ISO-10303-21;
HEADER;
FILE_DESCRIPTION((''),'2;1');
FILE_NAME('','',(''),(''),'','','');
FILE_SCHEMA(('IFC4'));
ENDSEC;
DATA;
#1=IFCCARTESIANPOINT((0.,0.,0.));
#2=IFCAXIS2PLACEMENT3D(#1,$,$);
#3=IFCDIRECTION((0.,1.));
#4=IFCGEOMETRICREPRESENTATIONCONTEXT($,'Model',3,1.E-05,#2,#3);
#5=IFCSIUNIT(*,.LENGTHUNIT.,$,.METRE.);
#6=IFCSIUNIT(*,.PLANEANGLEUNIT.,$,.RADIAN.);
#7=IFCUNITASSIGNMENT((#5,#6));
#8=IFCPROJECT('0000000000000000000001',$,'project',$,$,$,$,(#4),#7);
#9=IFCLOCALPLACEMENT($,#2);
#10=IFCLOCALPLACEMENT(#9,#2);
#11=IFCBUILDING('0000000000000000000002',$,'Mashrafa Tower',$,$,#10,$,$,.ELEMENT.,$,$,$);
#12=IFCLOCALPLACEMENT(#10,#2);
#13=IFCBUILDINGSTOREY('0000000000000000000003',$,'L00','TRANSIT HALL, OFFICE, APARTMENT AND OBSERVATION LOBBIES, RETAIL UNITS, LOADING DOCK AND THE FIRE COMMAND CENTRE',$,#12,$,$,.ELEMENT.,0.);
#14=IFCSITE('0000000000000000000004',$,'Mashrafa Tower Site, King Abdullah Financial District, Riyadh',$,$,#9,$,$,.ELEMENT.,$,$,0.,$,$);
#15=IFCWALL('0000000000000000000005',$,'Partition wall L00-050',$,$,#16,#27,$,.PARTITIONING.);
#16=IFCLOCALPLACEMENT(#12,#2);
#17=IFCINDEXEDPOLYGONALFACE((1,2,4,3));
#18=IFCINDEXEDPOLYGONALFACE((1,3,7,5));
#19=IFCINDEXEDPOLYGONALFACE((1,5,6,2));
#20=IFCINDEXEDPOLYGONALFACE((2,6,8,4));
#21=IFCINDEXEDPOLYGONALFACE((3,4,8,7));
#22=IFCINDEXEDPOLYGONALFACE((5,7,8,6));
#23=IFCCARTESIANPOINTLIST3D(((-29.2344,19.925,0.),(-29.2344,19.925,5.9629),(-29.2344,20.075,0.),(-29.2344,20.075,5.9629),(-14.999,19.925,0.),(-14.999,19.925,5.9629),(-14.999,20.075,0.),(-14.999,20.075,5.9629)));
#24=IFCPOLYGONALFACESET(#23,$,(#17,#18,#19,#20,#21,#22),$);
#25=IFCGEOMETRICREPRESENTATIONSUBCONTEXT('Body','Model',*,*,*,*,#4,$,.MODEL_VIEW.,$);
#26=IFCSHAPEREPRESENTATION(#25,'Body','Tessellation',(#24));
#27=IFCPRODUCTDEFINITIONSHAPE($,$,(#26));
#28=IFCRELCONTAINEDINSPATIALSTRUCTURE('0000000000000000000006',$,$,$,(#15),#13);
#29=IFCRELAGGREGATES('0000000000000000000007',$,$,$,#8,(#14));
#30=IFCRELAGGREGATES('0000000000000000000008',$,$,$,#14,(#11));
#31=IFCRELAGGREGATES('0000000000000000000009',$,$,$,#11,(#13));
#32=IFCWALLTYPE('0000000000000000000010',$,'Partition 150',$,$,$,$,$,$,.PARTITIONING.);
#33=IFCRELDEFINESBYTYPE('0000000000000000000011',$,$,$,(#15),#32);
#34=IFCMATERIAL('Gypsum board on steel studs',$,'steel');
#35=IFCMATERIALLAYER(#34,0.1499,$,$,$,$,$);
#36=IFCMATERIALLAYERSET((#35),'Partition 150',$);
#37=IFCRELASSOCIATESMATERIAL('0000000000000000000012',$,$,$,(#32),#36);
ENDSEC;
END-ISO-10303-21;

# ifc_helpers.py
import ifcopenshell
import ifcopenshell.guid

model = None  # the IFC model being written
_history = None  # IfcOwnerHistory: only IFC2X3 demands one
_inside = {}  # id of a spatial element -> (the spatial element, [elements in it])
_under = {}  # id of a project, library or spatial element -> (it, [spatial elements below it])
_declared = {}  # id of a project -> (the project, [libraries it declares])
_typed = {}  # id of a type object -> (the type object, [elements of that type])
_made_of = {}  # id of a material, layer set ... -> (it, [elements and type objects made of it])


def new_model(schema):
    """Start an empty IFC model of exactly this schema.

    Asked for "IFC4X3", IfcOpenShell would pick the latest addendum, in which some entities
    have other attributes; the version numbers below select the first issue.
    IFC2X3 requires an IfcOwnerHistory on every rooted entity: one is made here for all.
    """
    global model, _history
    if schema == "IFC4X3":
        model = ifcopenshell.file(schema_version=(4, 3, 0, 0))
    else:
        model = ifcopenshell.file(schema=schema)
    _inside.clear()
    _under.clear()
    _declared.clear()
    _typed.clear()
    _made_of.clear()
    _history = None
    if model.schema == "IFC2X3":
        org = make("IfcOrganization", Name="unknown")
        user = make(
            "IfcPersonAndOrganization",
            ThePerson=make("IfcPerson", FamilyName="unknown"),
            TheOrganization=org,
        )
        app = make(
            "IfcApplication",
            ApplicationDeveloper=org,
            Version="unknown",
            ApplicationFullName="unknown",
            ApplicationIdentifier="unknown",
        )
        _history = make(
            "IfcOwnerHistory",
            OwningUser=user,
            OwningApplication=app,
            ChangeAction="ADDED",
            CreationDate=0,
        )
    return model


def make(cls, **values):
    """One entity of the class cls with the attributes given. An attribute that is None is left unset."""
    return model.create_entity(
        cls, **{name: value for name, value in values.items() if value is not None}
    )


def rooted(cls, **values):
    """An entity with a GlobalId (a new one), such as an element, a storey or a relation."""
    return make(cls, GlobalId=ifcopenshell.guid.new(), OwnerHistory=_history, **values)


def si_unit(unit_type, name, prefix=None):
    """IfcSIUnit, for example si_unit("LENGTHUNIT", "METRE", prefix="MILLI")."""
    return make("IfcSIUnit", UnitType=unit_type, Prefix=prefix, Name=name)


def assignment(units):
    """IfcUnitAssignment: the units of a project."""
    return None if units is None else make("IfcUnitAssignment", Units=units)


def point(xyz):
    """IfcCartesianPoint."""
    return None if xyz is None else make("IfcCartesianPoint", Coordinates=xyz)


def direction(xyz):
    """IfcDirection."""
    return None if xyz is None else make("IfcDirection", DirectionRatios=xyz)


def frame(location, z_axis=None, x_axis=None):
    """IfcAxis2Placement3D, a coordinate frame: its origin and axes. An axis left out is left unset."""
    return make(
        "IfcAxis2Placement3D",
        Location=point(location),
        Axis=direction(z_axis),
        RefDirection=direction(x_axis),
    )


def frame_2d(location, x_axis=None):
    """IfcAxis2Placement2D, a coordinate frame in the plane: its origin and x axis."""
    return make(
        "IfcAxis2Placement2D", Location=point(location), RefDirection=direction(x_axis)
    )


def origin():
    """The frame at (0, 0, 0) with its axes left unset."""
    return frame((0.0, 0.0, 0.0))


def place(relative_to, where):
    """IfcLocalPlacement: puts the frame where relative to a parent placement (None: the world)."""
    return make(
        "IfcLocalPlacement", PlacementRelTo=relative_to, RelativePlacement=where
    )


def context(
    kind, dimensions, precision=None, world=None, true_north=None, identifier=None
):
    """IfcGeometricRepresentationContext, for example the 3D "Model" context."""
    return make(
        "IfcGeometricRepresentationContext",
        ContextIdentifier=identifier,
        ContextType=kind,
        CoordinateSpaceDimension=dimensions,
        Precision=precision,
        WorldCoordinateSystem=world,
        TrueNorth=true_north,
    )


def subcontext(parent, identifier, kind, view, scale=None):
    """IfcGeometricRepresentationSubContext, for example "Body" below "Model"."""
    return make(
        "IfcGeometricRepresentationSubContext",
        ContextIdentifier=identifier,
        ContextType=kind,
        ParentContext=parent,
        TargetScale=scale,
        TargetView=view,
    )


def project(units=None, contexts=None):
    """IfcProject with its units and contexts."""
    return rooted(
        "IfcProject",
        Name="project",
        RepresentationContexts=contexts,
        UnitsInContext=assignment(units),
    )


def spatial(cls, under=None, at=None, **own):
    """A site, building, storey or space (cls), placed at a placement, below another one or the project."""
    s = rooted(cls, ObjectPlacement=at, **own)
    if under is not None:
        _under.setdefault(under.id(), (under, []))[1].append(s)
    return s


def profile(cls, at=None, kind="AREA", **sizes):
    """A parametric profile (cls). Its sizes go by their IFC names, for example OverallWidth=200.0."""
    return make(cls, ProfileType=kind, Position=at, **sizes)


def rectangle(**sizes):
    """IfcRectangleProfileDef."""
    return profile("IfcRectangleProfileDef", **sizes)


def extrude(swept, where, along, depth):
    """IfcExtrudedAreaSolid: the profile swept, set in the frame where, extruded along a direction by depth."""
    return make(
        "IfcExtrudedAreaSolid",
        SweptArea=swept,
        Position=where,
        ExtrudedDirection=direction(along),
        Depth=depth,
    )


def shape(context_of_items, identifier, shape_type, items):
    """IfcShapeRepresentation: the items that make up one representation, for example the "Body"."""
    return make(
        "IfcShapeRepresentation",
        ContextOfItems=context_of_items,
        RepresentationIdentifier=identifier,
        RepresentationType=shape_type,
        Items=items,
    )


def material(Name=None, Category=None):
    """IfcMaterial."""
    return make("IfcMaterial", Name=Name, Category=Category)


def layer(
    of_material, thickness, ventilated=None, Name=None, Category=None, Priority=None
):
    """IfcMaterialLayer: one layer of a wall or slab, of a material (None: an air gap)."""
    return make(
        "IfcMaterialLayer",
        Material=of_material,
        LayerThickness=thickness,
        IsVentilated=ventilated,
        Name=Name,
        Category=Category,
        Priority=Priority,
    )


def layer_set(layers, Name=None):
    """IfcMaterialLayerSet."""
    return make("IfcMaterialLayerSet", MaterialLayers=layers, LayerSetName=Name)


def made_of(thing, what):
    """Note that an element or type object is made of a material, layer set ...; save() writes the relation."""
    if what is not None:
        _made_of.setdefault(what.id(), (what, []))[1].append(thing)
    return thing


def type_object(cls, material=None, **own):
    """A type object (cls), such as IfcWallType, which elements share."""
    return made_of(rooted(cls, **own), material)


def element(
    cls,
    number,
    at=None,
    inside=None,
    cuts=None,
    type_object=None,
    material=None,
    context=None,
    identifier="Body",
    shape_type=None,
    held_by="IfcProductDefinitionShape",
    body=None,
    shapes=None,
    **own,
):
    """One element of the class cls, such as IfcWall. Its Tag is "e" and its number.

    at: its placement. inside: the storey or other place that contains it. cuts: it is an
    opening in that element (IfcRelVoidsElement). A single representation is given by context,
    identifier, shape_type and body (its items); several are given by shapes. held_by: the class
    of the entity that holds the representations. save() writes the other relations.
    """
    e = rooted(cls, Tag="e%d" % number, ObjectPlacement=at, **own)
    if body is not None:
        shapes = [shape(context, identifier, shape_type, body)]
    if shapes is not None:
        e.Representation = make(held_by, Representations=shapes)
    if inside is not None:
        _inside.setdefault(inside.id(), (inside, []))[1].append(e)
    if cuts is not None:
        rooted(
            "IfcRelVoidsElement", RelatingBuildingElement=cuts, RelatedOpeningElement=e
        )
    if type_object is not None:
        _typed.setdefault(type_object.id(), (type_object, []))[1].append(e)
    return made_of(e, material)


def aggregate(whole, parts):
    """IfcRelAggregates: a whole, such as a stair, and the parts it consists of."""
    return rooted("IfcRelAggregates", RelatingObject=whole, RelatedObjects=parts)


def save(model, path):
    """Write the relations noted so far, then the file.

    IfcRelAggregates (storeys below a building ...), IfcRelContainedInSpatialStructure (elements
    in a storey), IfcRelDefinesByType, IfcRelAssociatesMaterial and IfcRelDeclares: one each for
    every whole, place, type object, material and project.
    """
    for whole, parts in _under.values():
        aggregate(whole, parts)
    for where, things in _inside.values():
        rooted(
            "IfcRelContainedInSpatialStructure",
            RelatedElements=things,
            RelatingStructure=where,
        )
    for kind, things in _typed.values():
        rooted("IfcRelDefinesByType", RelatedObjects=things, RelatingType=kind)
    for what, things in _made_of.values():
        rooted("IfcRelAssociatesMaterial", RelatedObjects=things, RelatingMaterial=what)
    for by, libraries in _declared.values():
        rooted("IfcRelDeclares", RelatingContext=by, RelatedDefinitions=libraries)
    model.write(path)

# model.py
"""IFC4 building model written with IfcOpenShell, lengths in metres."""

from ifc_helpers import new_model, si_unit, direction, frame, frame_2d, origin, place, context, subcontext, project, spatial, rectangle, extrude, material, layer, layer_set, type_object, element, save


model = new_model("IFC4")

# Units and contexts
model_context = context("Model", 3, precision=1e-05, world=origin(), true_north=direction((0.0, 1.0)))
body_context = subcontext(model_context, "Body", "Model", "MODEL_VIEW")
ifc_project = project(units=[si_unit("LENGTHUNIT", "METRE"), si_unit("PLANEANGLEUNIT", "RADIAN")], contexts=[model_context])

# Site, building, storey
site_placement = place(None, origin())
site = spatial("IfcSite", under=ifc_project, at=site_placement, Name="Mashrafa Tower Site, King Abdullah Financial District, Riyadh", CompositionType="ELEMENT", RefElevation=0.0)
building_placement = place(site_placement, origin())
building = spatial("IfcBuilding", under=site, at=building_placement, Name="Mashrafa Tower", CompositionType="ELEMENT")
storey_placement = place(building_placement, origin())
storey = spatial("IfcBuildingStorey", under=building, at=storey_placement, Name="L00", Description="TRANSIT HALL, OFFICE, APARTMENT AND OBSERVATION LOBBIES, RETAIL UNITS, LOADING DOCK AND THE FIRE COMMAND CENTRE", CompositionType="ELEMENT", Elevation=0.0)

# Wall
ifc_material_1 = material(Name="Gypsum board on steel studs", Category="steel")
ifc_layer_1 = layer(ifc_material_1, 0.1499)
ifc_layer_set_1 = layer_set([ifc_layer_1], Name="Partition 150")
wall_type_1 = type_object("IfcWallType", Name="Partition 150", PredefinedType="PARTITIONING", material=ifc_layer_set_1)
wall_1_placement = place(storey_placement, frame((-29.2344, 20.0, 0.0), z_axis=(0.0, 0.0, 1.0), x_axis=(1.0, 0.0, 0.0)))
element("IfcWall", 1, at=wall_1_placement, inside=storey, type_object=wall_type_1, Name="Partition wall L00-050", PredefinedType="PARTITIONING", context=body_context, shape_type="SweptSolid", body=[
    extrude(rectangle(XDim=14.2354, YDim=0.1499, at=frame_2d((7.1177, 0.0))), origin(), (0.0, 0.0, 1.0), 5.9629),
])

save(model, "model.ifc")
